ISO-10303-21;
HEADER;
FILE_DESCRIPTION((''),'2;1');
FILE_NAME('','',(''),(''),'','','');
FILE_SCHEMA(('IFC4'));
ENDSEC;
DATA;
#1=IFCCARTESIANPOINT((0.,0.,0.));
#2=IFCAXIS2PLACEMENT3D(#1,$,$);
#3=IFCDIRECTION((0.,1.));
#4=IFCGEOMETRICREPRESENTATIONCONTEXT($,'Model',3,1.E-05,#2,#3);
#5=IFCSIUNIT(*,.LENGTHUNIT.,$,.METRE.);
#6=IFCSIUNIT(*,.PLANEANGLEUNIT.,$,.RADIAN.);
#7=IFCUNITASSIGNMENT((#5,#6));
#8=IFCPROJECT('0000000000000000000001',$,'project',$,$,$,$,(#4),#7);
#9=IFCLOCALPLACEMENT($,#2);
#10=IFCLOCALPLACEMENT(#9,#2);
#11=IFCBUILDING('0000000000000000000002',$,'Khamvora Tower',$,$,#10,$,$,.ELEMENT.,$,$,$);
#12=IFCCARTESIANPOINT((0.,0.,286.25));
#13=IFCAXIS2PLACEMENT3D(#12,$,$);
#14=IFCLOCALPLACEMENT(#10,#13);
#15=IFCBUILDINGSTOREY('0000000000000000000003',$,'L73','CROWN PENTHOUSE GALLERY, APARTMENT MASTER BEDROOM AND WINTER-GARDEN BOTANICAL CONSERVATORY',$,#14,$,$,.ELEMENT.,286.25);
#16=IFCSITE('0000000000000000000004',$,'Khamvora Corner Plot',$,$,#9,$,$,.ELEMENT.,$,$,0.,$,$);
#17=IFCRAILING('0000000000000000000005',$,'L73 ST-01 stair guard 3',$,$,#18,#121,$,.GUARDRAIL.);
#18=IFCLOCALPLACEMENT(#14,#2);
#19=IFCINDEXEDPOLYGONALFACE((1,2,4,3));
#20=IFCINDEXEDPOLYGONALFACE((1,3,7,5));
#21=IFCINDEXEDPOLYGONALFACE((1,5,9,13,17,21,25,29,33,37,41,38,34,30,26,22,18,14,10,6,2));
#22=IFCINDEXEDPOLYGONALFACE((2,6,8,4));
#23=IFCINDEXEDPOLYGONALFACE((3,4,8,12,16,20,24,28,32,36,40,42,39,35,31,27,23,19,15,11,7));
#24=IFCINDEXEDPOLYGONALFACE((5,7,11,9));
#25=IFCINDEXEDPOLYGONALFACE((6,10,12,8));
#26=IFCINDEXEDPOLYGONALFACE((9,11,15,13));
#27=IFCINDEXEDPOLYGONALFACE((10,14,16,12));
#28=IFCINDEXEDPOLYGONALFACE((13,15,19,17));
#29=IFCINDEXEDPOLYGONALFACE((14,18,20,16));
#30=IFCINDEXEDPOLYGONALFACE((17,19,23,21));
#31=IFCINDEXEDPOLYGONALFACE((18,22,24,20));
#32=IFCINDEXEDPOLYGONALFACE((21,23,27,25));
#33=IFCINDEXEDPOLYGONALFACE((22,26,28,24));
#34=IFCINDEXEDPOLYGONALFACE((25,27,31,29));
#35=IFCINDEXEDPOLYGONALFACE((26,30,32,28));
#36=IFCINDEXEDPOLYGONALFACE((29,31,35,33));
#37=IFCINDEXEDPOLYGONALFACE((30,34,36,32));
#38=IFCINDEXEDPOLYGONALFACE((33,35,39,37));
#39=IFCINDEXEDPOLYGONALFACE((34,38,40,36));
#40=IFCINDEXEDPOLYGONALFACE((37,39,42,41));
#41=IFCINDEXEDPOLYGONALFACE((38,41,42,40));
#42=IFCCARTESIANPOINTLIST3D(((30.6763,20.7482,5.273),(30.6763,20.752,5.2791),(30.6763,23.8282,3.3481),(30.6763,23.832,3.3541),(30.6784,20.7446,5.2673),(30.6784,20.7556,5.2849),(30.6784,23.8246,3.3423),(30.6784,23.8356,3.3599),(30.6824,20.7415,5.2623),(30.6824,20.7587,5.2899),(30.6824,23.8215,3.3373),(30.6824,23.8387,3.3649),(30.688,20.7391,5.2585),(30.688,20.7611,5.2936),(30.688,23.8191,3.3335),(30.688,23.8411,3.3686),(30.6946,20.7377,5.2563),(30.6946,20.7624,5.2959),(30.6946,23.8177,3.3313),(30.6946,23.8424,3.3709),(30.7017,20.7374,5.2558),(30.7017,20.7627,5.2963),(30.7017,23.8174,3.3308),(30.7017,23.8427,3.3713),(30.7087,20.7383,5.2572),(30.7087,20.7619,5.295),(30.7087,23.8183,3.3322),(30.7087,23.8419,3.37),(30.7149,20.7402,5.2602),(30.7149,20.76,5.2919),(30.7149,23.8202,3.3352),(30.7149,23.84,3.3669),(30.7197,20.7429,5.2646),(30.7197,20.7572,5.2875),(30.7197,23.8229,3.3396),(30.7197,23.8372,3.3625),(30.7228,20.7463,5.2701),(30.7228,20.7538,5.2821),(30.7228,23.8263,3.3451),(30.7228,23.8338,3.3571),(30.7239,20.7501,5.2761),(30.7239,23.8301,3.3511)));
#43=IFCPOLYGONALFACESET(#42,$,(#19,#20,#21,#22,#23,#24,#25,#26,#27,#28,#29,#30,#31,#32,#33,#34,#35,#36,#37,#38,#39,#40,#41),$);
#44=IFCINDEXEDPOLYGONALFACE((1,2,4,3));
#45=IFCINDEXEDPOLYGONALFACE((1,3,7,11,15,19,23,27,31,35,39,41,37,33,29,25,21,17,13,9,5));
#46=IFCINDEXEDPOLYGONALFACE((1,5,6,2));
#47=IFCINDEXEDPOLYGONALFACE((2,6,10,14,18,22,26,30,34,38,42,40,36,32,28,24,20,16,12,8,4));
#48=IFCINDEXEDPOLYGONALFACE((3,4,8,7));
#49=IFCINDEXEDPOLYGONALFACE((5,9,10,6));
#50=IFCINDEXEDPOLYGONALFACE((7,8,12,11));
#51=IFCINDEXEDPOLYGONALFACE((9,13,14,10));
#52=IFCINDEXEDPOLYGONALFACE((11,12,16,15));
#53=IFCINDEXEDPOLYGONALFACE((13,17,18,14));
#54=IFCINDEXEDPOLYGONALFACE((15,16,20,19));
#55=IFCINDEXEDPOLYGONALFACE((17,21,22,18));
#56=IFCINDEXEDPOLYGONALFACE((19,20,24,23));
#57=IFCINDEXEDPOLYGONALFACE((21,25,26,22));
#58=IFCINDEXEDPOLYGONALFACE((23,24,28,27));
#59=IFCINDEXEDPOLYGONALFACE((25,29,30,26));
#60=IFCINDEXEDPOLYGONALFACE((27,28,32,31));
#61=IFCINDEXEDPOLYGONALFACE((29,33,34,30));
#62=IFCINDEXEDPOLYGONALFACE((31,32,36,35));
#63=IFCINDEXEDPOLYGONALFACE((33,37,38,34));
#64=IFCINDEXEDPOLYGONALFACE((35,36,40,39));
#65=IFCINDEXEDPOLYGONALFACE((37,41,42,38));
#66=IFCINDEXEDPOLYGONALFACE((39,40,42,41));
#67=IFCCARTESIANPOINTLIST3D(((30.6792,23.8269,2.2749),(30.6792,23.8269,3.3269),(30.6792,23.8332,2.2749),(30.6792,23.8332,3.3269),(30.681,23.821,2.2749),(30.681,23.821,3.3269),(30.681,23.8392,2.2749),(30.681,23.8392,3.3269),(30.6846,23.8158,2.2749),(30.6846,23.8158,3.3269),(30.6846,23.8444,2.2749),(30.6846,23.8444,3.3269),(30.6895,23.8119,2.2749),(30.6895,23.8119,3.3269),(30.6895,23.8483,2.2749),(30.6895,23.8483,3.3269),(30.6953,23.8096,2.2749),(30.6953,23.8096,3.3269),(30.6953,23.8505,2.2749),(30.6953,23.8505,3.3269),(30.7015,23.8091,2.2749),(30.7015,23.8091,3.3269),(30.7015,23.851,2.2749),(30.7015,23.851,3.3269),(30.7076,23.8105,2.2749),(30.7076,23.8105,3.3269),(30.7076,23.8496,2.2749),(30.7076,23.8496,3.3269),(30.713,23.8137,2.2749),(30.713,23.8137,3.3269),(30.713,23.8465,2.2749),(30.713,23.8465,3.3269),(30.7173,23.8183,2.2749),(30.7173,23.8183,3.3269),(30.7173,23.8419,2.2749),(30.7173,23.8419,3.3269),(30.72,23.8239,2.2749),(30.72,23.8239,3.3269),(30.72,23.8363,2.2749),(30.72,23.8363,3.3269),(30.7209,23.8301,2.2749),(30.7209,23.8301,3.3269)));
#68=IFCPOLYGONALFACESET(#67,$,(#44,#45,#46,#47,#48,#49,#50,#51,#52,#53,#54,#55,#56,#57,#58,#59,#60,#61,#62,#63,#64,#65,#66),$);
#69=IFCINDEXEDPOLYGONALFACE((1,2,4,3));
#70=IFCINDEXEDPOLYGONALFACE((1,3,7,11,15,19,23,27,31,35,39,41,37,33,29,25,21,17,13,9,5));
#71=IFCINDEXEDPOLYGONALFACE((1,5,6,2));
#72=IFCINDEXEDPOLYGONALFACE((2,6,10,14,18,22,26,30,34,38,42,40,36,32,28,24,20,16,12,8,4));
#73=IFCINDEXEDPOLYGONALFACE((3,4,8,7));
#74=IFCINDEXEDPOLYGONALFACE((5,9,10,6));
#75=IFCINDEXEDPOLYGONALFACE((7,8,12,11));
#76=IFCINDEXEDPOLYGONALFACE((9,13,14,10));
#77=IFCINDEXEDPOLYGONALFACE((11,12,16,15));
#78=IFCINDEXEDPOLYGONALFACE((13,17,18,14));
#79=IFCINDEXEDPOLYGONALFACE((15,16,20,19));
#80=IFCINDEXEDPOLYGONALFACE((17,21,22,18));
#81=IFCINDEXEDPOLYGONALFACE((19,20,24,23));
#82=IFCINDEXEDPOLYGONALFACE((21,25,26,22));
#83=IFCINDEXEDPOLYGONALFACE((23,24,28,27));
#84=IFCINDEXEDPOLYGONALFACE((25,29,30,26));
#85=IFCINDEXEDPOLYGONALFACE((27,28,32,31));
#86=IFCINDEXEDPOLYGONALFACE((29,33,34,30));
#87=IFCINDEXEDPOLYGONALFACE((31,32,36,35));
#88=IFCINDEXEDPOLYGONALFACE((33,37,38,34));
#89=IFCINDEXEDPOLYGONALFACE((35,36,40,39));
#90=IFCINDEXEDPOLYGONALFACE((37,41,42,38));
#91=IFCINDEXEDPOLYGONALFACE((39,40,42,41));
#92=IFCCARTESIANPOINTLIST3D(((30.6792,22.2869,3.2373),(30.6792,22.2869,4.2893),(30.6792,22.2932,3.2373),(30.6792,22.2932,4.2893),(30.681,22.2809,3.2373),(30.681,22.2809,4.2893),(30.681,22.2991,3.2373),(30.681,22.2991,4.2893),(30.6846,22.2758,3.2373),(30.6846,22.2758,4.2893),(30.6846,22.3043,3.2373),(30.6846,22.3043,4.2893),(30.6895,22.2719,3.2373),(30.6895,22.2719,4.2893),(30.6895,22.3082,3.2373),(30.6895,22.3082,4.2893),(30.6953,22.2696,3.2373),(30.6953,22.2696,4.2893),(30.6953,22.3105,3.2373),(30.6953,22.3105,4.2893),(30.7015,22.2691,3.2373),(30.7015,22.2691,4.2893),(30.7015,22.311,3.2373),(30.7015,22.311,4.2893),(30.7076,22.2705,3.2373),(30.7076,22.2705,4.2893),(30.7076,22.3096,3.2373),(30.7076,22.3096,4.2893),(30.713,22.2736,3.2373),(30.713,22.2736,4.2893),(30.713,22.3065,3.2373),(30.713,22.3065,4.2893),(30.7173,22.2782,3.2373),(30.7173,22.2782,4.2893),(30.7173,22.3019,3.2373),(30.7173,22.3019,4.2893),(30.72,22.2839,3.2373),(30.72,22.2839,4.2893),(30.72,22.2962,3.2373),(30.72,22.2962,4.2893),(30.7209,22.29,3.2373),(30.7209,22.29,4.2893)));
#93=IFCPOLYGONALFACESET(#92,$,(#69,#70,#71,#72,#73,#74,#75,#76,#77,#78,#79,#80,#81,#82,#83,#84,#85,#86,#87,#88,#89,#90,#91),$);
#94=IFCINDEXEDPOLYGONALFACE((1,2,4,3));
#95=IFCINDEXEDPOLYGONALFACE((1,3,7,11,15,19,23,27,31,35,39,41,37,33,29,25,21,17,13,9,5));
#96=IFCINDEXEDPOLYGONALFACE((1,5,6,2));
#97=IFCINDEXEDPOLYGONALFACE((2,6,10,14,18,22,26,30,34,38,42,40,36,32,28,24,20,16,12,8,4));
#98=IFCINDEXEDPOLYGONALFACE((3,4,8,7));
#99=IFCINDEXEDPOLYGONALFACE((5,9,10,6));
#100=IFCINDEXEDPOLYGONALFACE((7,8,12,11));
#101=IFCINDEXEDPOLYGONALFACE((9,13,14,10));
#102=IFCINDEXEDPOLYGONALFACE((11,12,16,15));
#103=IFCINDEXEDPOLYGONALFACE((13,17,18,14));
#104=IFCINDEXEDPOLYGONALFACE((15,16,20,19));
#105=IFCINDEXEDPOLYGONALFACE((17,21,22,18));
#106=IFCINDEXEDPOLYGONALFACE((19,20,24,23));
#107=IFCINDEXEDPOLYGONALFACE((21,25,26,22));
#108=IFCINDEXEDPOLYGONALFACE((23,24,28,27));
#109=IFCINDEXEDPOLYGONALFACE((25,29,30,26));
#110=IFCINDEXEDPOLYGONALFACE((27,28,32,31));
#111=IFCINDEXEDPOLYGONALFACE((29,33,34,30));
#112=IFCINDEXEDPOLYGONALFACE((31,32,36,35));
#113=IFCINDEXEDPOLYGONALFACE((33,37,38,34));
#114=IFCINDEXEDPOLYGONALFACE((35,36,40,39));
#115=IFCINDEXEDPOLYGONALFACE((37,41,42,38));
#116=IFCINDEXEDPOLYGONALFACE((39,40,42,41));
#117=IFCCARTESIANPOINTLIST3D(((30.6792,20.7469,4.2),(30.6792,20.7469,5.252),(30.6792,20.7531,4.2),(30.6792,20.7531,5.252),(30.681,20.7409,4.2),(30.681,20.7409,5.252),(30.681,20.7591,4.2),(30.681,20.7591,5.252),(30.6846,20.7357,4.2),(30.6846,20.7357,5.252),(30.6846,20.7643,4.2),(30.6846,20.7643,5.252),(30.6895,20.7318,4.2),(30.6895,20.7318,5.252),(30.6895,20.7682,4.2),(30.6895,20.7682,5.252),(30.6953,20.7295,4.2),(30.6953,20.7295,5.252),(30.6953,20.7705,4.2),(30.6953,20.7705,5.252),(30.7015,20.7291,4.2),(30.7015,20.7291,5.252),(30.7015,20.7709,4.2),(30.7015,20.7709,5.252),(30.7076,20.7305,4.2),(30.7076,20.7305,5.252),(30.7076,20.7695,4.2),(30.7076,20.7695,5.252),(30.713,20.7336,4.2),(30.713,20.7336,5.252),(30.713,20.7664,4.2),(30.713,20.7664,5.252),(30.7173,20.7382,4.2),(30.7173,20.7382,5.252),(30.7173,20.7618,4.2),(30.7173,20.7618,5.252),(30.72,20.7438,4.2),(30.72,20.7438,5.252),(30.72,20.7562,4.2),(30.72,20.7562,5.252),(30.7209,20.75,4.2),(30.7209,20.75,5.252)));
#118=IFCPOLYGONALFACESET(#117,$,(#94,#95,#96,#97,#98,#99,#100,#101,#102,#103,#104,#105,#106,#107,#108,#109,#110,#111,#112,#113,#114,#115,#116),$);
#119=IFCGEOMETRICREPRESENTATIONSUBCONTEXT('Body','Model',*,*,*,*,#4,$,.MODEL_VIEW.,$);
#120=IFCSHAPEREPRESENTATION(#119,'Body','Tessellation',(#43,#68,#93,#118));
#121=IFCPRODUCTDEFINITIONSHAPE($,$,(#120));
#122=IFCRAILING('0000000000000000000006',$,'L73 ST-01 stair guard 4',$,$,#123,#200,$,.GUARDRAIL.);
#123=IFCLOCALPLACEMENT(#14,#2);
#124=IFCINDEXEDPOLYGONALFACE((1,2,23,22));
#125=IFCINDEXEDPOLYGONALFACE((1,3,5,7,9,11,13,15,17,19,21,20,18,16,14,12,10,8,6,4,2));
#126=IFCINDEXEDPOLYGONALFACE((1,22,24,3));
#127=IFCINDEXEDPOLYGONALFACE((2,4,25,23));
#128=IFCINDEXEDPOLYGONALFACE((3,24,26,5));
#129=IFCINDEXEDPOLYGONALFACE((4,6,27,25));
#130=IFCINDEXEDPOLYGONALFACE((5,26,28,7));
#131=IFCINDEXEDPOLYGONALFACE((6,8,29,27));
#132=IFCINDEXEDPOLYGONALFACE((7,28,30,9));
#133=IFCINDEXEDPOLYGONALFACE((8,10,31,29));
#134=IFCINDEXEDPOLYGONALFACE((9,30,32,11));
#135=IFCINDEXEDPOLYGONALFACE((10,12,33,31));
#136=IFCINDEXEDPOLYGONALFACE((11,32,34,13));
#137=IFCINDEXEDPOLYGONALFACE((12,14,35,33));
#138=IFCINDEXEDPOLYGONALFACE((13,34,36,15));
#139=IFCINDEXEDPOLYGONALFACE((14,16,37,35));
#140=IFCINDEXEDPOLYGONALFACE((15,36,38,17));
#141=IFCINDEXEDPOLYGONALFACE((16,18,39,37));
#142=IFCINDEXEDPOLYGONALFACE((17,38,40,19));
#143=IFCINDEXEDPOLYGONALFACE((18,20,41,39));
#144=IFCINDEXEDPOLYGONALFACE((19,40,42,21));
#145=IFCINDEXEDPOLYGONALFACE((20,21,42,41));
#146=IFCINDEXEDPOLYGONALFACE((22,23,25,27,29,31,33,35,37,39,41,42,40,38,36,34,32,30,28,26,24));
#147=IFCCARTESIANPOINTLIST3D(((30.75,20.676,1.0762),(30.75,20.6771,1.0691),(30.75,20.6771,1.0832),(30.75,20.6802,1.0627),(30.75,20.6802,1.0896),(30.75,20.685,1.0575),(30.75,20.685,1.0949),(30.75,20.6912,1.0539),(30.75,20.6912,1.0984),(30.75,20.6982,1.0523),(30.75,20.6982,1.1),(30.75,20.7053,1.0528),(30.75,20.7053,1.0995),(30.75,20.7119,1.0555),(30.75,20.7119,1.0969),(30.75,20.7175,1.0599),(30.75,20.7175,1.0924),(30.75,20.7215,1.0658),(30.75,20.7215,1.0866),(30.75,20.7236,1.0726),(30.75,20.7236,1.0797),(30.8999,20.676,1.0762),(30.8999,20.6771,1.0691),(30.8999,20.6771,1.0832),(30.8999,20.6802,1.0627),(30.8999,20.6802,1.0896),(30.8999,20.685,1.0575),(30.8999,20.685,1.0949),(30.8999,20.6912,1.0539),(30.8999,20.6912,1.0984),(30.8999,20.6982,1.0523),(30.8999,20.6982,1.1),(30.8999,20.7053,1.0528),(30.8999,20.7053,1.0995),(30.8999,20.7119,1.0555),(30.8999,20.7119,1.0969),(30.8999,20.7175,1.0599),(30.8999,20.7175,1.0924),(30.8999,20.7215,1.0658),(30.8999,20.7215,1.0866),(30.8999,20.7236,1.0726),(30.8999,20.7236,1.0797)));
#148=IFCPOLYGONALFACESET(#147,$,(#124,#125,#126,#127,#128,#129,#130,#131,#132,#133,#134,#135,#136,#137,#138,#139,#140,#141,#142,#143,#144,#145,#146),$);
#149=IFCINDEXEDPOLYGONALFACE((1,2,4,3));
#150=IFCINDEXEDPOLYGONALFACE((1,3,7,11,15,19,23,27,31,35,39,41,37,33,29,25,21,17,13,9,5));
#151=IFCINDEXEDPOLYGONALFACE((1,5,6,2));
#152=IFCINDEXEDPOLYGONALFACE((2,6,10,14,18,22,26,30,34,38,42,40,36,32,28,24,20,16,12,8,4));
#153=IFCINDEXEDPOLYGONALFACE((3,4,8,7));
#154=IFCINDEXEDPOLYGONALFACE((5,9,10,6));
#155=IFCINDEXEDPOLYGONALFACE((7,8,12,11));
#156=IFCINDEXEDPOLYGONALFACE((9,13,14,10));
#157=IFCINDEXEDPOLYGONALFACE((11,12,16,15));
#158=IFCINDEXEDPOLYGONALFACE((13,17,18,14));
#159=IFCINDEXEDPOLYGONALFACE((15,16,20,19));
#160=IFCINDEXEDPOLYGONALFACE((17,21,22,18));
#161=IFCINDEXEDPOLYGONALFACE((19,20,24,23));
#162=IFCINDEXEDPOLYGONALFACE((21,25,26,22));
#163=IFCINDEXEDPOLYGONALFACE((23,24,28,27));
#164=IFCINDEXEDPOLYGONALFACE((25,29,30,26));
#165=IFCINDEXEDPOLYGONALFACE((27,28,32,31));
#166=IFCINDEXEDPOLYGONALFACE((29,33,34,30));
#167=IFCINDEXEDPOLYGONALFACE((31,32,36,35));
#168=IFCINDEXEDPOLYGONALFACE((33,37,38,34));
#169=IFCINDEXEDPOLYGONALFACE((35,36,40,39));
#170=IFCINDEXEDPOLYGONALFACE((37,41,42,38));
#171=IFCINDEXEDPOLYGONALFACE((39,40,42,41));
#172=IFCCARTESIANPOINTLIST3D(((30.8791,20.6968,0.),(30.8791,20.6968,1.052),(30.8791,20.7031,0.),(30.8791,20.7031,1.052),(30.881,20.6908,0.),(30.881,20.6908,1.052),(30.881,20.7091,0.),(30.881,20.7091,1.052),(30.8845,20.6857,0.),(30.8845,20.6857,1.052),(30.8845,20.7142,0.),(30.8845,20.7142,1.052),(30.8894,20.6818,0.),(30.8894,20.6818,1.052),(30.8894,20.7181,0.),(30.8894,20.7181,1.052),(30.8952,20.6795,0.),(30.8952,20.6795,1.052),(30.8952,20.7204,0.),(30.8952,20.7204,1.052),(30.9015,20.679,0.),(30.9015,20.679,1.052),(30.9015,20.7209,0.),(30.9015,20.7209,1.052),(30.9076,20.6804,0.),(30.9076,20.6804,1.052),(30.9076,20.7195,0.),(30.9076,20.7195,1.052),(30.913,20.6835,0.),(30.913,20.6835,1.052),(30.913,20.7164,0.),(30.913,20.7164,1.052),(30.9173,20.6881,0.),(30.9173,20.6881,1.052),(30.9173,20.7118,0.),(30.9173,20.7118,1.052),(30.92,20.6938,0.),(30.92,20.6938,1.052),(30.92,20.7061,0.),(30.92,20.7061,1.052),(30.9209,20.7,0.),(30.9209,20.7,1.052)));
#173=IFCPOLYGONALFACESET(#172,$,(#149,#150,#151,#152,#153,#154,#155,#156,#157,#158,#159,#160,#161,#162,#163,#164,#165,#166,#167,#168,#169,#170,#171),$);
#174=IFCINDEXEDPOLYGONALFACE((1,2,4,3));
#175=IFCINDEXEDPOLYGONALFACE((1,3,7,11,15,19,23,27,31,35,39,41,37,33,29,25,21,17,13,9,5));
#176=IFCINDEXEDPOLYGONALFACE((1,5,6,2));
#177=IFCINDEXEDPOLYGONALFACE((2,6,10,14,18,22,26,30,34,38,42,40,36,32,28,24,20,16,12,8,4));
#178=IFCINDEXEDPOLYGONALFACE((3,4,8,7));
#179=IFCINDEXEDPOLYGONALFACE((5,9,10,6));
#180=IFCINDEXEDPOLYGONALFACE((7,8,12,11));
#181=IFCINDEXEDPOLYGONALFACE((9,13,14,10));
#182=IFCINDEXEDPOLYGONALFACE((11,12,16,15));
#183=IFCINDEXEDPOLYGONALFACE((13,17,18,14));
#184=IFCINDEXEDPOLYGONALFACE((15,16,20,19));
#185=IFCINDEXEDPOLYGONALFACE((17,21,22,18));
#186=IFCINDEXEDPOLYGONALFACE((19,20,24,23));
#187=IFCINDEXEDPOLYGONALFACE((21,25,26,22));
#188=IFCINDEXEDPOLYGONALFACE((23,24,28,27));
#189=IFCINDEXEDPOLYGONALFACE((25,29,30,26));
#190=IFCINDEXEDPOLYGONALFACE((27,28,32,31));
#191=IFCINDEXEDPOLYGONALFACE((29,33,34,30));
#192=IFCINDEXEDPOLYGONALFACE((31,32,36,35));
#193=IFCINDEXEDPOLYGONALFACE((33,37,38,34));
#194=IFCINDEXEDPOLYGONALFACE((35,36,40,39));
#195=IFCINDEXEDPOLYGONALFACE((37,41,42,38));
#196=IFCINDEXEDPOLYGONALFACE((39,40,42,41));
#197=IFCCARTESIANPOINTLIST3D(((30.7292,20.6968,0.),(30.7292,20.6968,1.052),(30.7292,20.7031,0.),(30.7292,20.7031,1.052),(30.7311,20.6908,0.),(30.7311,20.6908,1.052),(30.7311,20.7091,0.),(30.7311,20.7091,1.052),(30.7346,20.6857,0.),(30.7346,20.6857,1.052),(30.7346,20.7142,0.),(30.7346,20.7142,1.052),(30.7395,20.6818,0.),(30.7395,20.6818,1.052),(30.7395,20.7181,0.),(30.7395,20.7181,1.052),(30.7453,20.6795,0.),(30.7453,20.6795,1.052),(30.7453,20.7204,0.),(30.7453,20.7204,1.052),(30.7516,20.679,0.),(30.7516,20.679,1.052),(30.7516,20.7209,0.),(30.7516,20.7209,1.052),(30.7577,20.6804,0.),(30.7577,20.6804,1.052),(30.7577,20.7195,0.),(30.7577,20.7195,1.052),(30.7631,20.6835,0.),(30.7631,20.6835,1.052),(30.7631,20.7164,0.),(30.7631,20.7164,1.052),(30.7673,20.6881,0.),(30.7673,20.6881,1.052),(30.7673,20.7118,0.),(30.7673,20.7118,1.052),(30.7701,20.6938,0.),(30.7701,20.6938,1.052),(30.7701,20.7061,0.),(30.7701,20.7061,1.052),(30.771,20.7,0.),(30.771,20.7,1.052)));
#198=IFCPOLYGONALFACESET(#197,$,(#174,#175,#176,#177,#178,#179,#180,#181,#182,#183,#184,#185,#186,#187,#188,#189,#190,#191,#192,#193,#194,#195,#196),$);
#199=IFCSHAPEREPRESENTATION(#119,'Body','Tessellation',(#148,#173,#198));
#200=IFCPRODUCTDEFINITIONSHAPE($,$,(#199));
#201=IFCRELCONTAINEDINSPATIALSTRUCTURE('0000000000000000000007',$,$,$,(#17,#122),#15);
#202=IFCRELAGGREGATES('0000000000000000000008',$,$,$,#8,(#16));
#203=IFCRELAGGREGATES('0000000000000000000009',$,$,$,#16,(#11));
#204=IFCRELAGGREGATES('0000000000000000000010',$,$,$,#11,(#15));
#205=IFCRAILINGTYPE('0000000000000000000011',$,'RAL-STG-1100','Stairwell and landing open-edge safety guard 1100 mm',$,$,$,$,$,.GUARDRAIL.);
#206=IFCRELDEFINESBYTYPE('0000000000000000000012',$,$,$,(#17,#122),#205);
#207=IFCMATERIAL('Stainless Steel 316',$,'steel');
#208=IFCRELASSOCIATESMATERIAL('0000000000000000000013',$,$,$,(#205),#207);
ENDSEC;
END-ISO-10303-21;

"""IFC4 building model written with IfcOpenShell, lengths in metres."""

from ifc_helpers import new_model, si_unit, direction, frame, origin, origin_2d, place, context, subcontext, project, spatial, circle, extrude, material, type_object, element, save


model = new_model("IFC4")

# Units and contexts
model_context = context("Model", 3, precision=1e-05, world=origin(), true_north=direction((0.0, 1.0)))
body_context = subcontext(model_context, "Body", "Model", "MODEL_VIEW")
ifc_project = project(units=[si_unit("LENGTHUNIT", "METRE"), si_unit("PLANEANGLEUNIT", "RADIAN")], contexts=[model_context])

# Site, building, storey
site_placement = place(None, origin())
site = spatial("IfcSite", under=ifc_project, at=site_placement, Name="Khamvora Corner Plot", CompositionType="ELEMENT", RefElevation=0.0)
building_placement = place(site_placement, origin())
building = spatial("IfcBuilding", under=site, at=building_placement, Name="Khamvora Tower", CompositionType="ELEMENT")
storey_placement = place(building_placement, frame((0.0, 0.0, 286.25)))
storey = spatial("IfcBuildingStorey", under=building, at=storey_placement, Name="L73", Description="CROWN PENTHOUSE GALLERY, APARTMENT MASTER BEDROOM AND WINTER-GARDEN BOTANICAL CONSERVATORY", CompositionType="ELEMENT", Elevation=286.25)

# Railings
ifc_material_1 = material(Name="Stainless Steel 316", Category="steel")
railing_type_1 = type_object("IfcRailingType", Name="RAL-STG-1100", Description="Stairwell and landing open-edge safety guard 1100 mm", PredefinedType="GUARDRAIL", material=ifc_material_1)
railing_1_placement = place(storey_placement, frame((30.7, 23.8301, 2.2749)))
element("IfcRailing", 1, at=railing_1_placement, inside=storey, type_object=railing_type_1, Name="L73 ST-01 stair guard 3", PredefinedType="GUARDRAIL", context=body_context, shape_type="SweptSolid", body=[
    extrude(circle(Radius=0.0239, at=origin_2d()), frame((0.0, 0.0, 1.0762), z_axis=(0.0, -0.847998, 0.529999), x_axis=(1.0, 0.0, 0.0)), (0.0, 0.0, 1.0), 3.6321),
    extrude(circle(Radius=0.021, at=origin_2d()), origin(), (0.0, 0.0, 1.0), 1.052),
    extrude(circle(Radius=0.021, at=origin_2d()), frame((0.0, -1.54, 0.9624)), (0.0, 0.0, 1.0), 1.052),
    extrude(circle(Radius=0.021, at=origin_2d()), frame((0.0, -3.0801, 1.925)), (0.0, 0.0, 1.0), 1.052),
])
railing_2_placement = place(storey_placement, frame((30.8999, 20.7, 0.0)))
element("IfcRailing", 2, at=railing_2_placement, inside=storey, type_object=railing_type_1, Name="L73 ST-01 stair guard 4", PredefinedType="GUARDRAIL", context=body_context, shape_type="SweptSolid", body=[
    extrude(circle(Radius=0.0239, at=origin_2d()), frame((0.0, 0.0, 1.0762), z_axis=(-1.0, 0.0, 0.0), x_axis=(0.0, -1.0, 0.0)), (0.0, 0.0, 1.0), 0.1499),
    extrude(circle(Radius=0.021, at=origin_2d()), origin(), (0.0, 0.0, 1.0), 1.052),
    extrude(circle(Radius=0.021, at=origin_2d()), frame((-0.1499, 0.0, 0.0)), (0.0, 0.0, 1.0), 1.052),
])

save(model, "model.ifc")
